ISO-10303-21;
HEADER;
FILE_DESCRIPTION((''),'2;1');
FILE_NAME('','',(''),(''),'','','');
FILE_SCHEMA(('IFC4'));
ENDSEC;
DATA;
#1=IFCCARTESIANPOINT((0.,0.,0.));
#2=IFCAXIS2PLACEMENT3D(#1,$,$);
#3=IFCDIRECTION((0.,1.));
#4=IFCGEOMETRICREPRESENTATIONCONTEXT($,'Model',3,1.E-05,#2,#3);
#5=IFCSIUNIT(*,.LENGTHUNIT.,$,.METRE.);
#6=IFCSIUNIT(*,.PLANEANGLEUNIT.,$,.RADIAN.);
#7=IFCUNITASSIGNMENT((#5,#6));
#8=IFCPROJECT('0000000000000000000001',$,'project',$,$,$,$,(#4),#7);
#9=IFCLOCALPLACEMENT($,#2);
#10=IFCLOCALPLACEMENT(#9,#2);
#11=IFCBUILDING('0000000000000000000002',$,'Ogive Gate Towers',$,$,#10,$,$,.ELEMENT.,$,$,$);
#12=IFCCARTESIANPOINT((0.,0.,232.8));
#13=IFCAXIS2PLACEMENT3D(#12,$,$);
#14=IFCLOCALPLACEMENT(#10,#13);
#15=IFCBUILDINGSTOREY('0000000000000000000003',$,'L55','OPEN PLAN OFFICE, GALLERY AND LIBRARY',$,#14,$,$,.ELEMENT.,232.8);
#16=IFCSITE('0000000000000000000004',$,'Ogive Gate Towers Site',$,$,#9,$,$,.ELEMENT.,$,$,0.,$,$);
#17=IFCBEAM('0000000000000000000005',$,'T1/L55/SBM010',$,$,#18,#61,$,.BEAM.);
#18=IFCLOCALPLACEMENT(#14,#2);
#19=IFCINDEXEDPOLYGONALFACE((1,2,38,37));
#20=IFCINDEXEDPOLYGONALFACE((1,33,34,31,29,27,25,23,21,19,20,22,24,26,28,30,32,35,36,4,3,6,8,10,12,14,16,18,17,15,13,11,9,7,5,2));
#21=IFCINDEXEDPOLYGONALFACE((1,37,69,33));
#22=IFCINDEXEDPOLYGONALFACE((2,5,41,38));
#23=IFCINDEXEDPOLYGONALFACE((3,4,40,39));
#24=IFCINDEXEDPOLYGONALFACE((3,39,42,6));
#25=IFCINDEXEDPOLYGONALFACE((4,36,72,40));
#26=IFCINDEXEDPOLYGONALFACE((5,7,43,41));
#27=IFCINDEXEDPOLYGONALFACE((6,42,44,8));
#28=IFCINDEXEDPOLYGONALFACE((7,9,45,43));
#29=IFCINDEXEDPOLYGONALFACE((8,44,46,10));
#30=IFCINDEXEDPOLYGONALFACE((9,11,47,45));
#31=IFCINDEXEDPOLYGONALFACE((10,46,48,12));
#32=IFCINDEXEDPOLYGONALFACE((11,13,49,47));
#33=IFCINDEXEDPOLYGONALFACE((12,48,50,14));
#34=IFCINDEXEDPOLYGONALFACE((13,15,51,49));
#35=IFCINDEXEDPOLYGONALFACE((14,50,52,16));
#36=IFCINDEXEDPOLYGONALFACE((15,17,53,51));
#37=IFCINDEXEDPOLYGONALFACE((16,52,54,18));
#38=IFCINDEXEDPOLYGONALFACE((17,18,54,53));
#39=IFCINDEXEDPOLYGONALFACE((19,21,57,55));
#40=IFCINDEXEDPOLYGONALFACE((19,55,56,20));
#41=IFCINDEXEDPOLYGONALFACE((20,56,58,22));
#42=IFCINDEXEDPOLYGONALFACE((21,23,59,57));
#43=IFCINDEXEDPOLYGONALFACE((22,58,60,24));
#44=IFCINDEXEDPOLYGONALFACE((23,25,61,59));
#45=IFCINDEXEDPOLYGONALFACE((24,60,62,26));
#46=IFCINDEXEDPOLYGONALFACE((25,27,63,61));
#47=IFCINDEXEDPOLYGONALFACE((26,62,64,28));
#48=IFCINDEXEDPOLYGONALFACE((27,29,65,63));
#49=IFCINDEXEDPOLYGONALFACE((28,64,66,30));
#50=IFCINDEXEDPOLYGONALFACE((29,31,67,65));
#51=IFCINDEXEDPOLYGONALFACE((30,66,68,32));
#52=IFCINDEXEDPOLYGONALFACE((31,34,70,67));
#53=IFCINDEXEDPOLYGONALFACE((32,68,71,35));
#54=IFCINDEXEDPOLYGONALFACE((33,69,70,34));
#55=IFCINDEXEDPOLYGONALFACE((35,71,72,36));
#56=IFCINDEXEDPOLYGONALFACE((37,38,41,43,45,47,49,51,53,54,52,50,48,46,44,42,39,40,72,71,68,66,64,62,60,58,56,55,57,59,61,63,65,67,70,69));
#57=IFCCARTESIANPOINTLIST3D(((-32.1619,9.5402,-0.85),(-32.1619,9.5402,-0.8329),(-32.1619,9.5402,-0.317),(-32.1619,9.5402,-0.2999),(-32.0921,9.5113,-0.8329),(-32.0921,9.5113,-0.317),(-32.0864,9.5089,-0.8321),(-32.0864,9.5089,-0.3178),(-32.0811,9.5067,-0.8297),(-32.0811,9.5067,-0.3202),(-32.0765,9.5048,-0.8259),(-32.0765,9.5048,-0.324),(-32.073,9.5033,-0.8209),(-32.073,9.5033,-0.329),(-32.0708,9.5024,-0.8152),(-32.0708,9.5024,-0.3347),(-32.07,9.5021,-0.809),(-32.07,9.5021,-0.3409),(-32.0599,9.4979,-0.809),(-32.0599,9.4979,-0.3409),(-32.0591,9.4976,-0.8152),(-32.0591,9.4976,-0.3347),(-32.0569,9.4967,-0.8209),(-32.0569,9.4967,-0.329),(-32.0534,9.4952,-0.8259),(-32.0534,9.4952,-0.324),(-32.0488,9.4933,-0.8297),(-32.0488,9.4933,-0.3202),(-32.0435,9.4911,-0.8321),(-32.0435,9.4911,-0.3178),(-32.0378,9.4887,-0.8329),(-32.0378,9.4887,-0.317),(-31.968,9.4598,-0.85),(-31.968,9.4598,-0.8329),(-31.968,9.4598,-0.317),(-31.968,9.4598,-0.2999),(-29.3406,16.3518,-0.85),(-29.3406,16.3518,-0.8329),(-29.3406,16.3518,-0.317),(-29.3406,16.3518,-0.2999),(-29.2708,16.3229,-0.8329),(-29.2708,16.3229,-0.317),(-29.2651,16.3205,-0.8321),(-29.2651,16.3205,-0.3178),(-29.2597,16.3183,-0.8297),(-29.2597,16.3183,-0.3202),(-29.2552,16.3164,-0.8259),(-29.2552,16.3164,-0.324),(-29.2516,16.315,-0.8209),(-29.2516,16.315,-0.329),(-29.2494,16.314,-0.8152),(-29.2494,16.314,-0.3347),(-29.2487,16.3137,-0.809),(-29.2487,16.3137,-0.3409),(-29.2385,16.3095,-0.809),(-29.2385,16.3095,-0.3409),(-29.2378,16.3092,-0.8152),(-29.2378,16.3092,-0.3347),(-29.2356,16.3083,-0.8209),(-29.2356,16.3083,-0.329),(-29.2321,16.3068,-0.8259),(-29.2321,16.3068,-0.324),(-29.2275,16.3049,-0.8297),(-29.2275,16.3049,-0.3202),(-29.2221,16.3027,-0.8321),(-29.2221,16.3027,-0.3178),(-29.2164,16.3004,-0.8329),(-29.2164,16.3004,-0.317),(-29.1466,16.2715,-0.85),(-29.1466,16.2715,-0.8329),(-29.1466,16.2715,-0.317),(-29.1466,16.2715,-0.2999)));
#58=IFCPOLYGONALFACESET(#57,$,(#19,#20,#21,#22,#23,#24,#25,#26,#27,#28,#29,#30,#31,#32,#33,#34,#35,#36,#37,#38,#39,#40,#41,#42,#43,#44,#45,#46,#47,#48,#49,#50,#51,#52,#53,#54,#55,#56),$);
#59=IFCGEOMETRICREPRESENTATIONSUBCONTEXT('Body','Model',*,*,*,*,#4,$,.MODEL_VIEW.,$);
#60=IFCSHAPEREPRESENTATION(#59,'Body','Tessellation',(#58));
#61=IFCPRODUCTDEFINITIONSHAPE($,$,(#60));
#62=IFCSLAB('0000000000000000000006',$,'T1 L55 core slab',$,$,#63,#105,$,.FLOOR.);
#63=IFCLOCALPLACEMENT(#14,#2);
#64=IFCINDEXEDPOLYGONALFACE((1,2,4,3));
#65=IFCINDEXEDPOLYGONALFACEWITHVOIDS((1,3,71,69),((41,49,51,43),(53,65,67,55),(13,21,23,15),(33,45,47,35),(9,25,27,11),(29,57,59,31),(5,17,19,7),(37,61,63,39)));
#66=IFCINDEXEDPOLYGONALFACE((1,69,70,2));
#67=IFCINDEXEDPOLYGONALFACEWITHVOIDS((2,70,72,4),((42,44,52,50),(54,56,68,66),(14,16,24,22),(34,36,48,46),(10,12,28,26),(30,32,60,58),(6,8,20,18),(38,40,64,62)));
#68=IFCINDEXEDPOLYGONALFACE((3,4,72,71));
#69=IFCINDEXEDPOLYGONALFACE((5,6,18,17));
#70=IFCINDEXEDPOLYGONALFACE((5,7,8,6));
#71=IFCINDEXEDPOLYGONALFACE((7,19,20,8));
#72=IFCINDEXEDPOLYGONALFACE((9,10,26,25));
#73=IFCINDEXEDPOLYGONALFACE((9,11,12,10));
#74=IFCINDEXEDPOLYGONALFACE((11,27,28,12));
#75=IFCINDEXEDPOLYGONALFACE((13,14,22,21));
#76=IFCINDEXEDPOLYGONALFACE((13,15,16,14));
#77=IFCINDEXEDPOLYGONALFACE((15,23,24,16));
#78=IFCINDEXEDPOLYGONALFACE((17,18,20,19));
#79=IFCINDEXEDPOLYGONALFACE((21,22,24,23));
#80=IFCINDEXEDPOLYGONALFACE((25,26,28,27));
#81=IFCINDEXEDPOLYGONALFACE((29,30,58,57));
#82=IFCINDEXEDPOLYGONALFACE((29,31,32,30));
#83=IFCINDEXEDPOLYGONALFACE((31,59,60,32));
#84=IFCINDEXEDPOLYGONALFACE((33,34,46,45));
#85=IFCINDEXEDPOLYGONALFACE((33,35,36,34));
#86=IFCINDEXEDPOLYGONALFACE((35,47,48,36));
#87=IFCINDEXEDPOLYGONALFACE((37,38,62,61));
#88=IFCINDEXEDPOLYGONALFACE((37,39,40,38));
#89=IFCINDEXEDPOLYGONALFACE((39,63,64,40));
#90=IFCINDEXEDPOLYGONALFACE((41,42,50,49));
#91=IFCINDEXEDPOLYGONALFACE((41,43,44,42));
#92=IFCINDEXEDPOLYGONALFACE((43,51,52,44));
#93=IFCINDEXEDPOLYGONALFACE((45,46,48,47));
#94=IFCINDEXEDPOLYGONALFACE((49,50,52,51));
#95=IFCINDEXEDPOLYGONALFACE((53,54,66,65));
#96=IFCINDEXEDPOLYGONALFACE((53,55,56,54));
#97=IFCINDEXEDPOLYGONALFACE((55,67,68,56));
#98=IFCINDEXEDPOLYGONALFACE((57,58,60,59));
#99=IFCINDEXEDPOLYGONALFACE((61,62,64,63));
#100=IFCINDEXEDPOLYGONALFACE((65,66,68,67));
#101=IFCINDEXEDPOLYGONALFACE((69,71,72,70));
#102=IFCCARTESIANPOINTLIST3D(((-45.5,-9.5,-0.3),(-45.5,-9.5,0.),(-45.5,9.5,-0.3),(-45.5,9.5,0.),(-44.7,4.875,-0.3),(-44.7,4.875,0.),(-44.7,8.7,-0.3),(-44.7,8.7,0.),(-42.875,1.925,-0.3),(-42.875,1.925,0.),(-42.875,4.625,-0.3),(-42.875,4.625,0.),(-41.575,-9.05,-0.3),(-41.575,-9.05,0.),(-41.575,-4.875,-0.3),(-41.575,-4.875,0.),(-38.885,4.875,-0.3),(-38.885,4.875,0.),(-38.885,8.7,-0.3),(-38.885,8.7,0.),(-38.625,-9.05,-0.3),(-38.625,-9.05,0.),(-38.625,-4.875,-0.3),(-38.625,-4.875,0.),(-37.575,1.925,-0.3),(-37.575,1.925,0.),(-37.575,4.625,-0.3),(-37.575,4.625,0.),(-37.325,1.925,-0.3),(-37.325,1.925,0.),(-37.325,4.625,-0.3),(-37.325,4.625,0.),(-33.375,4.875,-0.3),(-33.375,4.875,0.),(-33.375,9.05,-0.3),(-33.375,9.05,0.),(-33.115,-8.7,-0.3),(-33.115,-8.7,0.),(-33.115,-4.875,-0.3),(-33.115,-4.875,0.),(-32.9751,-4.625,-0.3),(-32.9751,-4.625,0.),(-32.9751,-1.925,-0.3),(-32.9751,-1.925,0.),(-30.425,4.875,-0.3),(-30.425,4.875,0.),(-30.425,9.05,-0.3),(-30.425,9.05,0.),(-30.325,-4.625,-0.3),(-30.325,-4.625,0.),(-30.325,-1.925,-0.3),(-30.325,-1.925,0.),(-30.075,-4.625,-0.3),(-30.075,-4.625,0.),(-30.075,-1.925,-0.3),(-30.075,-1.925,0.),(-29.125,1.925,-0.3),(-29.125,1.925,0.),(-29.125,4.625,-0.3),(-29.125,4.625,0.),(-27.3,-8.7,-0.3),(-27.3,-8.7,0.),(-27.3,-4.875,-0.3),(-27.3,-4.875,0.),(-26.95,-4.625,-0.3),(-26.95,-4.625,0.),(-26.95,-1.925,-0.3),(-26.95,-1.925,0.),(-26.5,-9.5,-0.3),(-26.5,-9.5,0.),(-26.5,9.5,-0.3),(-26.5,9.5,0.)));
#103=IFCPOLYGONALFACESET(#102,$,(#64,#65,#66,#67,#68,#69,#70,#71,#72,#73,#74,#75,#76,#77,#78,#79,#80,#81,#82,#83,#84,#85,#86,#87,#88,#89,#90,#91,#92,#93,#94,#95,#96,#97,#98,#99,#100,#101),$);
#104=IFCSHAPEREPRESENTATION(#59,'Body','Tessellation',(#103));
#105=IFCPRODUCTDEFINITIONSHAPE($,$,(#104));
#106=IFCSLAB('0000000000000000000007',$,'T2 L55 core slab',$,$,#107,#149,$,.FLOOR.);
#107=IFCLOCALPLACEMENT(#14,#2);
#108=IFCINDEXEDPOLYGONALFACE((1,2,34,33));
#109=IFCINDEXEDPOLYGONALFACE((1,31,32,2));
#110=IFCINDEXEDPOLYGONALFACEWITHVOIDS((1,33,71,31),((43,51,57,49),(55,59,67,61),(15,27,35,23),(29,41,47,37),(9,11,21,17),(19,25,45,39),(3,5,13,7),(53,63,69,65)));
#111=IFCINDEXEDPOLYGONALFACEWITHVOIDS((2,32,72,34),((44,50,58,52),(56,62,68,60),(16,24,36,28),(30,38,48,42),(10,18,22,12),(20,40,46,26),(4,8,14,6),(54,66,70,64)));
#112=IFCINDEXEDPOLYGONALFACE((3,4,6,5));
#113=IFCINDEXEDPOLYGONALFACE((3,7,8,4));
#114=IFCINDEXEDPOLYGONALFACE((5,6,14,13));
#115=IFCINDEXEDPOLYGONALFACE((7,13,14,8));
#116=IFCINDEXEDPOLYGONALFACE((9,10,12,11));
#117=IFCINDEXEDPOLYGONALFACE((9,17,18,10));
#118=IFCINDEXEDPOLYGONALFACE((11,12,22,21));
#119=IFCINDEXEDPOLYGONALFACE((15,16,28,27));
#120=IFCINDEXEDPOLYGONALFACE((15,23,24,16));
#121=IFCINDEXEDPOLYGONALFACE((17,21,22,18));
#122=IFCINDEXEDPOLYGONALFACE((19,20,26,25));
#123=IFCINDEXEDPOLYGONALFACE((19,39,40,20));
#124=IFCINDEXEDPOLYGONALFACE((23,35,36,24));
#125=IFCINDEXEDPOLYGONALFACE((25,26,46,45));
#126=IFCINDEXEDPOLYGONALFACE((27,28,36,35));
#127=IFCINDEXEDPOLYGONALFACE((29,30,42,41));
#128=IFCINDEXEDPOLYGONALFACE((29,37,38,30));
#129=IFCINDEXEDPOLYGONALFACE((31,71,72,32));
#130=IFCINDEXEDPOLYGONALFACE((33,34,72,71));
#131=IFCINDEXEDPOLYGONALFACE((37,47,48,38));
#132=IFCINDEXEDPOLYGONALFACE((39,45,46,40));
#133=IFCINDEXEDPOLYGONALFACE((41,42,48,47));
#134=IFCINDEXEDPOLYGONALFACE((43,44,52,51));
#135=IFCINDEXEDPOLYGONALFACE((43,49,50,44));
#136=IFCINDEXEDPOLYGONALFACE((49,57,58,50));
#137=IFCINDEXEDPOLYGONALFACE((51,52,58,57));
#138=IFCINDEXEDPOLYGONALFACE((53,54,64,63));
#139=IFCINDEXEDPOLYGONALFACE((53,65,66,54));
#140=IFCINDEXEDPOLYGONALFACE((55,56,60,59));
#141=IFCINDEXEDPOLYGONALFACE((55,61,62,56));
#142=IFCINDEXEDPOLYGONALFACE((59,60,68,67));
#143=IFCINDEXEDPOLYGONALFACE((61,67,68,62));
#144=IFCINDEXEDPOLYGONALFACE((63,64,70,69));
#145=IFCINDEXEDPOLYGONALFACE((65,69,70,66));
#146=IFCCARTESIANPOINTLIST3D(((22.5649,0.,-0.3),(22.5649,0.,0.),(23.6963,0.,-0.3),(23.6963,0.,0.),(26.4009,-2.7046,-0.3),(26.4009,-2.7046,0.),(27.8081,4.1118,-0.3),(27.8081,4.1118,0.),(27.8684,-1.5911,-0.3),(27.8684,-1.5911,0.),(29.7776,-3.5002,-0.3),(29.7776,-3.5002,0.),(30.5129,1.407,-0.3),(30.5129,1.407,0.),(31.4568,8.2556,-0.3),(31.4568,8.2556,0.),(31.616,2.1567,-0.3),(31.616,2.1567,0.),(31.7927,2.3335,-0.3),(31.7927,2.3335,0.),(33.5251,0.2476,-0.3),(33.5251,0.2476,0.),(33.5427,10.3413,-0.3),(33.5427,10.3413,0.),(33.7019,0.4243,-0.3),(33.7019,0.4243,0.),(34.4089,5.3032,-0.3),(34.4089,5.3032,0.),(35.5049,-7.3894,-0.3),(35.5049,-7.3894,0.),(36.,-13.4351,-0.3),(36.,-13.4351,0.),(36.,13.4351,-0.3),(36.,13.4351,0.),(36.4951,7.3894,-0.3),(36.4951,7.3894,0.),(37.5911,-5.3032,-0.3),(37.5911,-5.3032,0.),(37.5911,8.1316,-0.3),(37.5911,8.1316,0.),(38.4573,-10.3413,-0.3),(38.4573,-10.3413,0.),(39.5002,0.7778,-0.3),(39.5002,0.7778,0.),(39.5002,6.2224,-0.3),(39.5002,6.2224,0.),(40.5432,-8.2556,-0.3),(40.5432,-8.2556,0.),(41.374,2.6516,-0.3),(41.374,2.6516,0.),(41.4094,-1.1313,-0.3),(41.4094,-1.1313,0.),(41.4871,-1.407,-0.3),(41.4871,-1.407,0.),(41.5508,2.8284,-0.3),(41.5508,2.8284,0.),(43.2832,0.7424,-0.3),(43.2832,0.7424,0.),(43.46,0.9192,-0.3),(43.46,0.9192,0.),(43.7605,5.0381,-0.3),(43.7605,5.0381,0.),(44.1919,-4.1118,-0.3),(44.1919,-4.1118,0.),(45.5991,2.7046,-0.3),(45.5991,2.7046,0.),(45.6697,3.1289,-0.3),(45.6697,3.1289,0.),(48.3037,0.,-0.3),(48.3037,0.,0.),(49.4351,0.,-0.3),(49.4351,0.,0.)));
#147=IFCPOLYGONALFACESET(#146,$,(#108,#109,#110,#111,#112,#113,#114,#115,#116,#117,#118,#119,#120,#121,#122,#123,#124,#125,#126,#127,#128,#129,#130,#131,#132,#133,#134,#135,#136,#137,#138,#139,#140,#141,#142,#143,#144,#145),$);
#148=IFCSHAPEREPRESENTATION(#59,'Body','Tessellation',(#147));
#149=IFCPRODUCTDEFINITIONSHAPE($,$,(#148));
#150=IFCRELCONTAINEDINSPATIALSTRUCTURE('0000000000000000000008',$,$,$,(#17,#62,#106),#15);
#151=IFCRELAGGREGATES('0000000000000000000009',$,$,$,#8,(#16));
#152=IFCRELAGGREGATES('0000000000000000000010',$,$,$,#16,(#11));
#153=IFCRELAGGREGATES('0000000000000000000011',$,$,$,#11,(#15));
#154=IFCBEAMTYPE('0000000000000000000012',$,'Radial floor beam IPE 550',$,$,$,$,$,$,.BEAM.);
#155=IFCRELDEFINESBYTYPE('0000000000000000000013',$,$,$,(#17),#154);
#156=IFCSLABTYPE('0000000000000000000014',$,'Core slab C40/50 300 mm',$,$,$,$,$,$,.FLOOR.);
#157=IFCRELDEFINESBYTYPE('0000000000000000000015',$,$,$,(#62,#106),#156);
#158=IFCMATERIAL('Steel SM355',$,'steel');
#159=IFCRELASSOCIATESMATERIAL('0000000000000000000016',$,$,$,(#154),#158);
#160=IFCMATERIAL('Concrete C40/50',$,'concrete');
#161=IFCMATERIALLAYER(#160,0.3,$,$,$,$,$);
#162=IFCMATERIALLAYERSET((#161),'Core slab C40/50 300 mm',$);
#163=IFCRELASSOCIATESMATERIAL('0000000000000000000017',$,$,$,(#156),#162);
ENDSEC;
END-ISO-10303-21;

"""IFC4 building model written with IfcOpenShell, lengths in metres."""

from ifc_helpers import new_model, si_unit, direction, frame, origin, origin_2d, place, context, subcontext, project, spatial, polyline, i_section, outline, extrude, material, layer, layer_set, material_profile, profile_set, type_object, element, save


model = new_model("IFC4")

# Units and contexts
model_context = context("Model", 3, precision=1e-05, world=origin(), true_north=direction((0.0, 1.0)))
body_context = subcontext(model_context, "Body", "Model", "MODEL_VIEW")
ifc_project = project(units=[si_unit("LENGTHUNIT", "METRE"), si_unit("PLANEANGLEUNIT", "RADIAN")], contexts=[model_context])

# Site, building, storey
site_placement = place(None, origin())
site = spatial("IfcSite", under=ifc_project, at=site_placement, Name="Ogive Gate Towers Site", CompositionType="ELEMENT", RefElevation=0.0)
building_placement = place(site_placement, origin())
building = spatial("IfcBuilding", under=site, at=building_placement, Name="Ogive Gate Towers", CompositionType="ELEMENT")
storey_placement = place(building_placement, frame((0.0, 0.0, 232.8)))
storey = spatial("IfcBuildingStorey", under=building, at=storey_placement, Name="L55", Description="OPEN PLAN OFFICE, GALLERY AND LIBRARY", CompositionType="ELEMENT", Elevation=232.8)

# Beam
ifc_material_1 = material(Name="Steel SM355", Category="steel")
ifc_material_profile_1 = material_profile(ifc_material_1, i_section(OverallWidth=0.21, OverallDepth=0.55, WebThickness=0.011, FlangeThickness=0.0171, FilletRadius=0.0239, at=origin_2d()), Name="IPE 550")
ifc_profile_set_1 = profile_set([ifc_material_profile_1], Name="Steel SM355")
beam_type_1 = type_object("IfcBeamType", Name="Radial floor beam IPE 550", PredefinedType="BEAM", material=ifc_profile_set_1)
beam_1_placement = place(storey_placement, frame((-32.0649, 9.5, -0.575), z_axis=(0.382668, 0.923886, 0.0), x_axis=(-0.923886, 0.382668, 0.0)))
element("IfcBeam", 1, at=beam_1_placement, inside=storey, type_object=beam_type_1, Name="T1/L55/SBM010", PredefinedType="BEAM", context=body_context, shape_type="SweptSolid", body=[
    extrude(i_section(OverallWidth=0.21, OverallDepth=0.55, WebThickness=0.011, FlangeThickness=0.0171, FilletRadius=0.0239, at=origin_2d()), origin(), (0.0, 0.0, 1.0), 7.3728),
])

# Slabs
ifc_material_2 = material(Name="Concrete C40/50", Category="concrete")
ifc_layer_1 = layer(ifc_material_2, 0.3)
ifc_layer_set_1 = layer_set([ifc_layer_1], Name="Core slab C40/50 300 mm")
slab_type_1 = type_object("IfcSlabType", Name="Core slab C40/50 300 mm", PredefinedType="FLOOR", material=ifc_layer_set_1)
slab_1_placement = place(storey_placement, frame((0.0, 0.0, -0.3)))
element("IfcSlab", 2, at=slab_1_placement, inside=storey, type_object=slab_type_1, Name="T1 L55 core slab", PredefinedType="FLOOR", context=body_context, shape_type="SweptSolid", body=[
    extrude(outline(polyline([(-45.5, -9.5), (-45.5, 9.5), (-26.5, 9.5), (-26.5, -9.5), (-45.5, -9.5)]), holes=[polyline([(-42.875, 1.925), (-37.575, 1.925), (-37.575, 4.625), (-42.875, 4.625), (-42.875, 1.925)]), polyline([(-37.325, 4.625), (-37.325, 1.925), (-29.125, 1.925), (-29.125, 4.625), (-37.325, 4.625)]), polyline([(-30.325, -1.925), (-32.9751, -1.925), (-32.9751, -4.625), (-30.325, -4.625), (-30.325, -1.925)]), polyline([(-26.95, -4.625), (-26.95, -1.925), (-30.075, -1.925), (-30.075, -4.625), (-26.95, -4.625)]), polyline([(-33.375, 4.875), (-30.425, 4.875), (-30.425, 9.05), (-33.375, 9.05), (-33.375, 4.875)]), polyline([(-41.575, -4.875), (-41.575, -9.05), (-38.625, -9.05), (-38.625, -4.875), (-41.575, -4.875)]), polyline([(-44.7, 4.875), (-38.885, 4.875), (-38.885, 8.7), (-44.7, 8.7), (-44.7, 4.875)]), polyline([(-27.3, -8.7), (-27.3, -4.875), (-33.115, -4.875), (-33.115, -8.7), (-27.3, -8.7)])]), origin(), (0.0, 0.0, 1.0), 0.3),
])
slab_2_placement = place(storey_placement, frame((0.0, 0.0, -0.3)))
element("IfcSlab", 3, at=slab_2_placement, inside=storey, type_object=slab_type_1, Name="T2 L55 core slab", PredefinedType="FLOOR", context=body_context, shape_type="SweptSolid", body=[
    extrude(outline(polyline([(36.0, -13.4351), (22.5649, 0.0), (36.0, 13.4351), (49.4351, 0.0), (36.0, -13.4351)]), holes=[polyline([(29.7776, -3.5002), (33.5251, 0.2476), (31.616, 2.1567), (27.8684, -1.5911), (29.7776, -3.5002)]), polyline([(31.7927, 2.3335), (33.7019, 0.4243), (39.5002, 6.2224), (37.5911, 8.1316), (31.7927, 2.3335)]), polyline([(41.374, 2.6516), (39.5002, 0.7778), (41.4094, -1.1313), (43.2832, 0.7424), (41.374, 2.6516)]), polyline([(45.6697, 3.1289), (43.7605, 5.0381), (41.5508, 2.8284), (43.46, 0.9192), (45.6697, 3.1289)]), polyline([(34.4089, 5.3032), (36.4951, 7.3894), (33.5427, 10.3413), (31.4568, 8.2556), (34.4089, 5.3032)]), polyline([(35.5049, -7.3894), (38.4573, -10.3413), (40.5432, -8.2556), (37.5911, -5.3032), (35.5049, -7.3894)]), polyline([(26.4009, -2.7046), (30.5129, 1.407), (27.8081, 4.1118), (23.6963, 0.0), (26.4009, -2.7046)]), polyline([(48.3037, 0.0), (45.5991, 2.7046), (41.4871, -1.407), (44.1919, -4.1118), (48.3037, 0.0)])]), origin(), (0.0, 0.0, 1.0), 0.3),
])

save(model, "model.ifc")
